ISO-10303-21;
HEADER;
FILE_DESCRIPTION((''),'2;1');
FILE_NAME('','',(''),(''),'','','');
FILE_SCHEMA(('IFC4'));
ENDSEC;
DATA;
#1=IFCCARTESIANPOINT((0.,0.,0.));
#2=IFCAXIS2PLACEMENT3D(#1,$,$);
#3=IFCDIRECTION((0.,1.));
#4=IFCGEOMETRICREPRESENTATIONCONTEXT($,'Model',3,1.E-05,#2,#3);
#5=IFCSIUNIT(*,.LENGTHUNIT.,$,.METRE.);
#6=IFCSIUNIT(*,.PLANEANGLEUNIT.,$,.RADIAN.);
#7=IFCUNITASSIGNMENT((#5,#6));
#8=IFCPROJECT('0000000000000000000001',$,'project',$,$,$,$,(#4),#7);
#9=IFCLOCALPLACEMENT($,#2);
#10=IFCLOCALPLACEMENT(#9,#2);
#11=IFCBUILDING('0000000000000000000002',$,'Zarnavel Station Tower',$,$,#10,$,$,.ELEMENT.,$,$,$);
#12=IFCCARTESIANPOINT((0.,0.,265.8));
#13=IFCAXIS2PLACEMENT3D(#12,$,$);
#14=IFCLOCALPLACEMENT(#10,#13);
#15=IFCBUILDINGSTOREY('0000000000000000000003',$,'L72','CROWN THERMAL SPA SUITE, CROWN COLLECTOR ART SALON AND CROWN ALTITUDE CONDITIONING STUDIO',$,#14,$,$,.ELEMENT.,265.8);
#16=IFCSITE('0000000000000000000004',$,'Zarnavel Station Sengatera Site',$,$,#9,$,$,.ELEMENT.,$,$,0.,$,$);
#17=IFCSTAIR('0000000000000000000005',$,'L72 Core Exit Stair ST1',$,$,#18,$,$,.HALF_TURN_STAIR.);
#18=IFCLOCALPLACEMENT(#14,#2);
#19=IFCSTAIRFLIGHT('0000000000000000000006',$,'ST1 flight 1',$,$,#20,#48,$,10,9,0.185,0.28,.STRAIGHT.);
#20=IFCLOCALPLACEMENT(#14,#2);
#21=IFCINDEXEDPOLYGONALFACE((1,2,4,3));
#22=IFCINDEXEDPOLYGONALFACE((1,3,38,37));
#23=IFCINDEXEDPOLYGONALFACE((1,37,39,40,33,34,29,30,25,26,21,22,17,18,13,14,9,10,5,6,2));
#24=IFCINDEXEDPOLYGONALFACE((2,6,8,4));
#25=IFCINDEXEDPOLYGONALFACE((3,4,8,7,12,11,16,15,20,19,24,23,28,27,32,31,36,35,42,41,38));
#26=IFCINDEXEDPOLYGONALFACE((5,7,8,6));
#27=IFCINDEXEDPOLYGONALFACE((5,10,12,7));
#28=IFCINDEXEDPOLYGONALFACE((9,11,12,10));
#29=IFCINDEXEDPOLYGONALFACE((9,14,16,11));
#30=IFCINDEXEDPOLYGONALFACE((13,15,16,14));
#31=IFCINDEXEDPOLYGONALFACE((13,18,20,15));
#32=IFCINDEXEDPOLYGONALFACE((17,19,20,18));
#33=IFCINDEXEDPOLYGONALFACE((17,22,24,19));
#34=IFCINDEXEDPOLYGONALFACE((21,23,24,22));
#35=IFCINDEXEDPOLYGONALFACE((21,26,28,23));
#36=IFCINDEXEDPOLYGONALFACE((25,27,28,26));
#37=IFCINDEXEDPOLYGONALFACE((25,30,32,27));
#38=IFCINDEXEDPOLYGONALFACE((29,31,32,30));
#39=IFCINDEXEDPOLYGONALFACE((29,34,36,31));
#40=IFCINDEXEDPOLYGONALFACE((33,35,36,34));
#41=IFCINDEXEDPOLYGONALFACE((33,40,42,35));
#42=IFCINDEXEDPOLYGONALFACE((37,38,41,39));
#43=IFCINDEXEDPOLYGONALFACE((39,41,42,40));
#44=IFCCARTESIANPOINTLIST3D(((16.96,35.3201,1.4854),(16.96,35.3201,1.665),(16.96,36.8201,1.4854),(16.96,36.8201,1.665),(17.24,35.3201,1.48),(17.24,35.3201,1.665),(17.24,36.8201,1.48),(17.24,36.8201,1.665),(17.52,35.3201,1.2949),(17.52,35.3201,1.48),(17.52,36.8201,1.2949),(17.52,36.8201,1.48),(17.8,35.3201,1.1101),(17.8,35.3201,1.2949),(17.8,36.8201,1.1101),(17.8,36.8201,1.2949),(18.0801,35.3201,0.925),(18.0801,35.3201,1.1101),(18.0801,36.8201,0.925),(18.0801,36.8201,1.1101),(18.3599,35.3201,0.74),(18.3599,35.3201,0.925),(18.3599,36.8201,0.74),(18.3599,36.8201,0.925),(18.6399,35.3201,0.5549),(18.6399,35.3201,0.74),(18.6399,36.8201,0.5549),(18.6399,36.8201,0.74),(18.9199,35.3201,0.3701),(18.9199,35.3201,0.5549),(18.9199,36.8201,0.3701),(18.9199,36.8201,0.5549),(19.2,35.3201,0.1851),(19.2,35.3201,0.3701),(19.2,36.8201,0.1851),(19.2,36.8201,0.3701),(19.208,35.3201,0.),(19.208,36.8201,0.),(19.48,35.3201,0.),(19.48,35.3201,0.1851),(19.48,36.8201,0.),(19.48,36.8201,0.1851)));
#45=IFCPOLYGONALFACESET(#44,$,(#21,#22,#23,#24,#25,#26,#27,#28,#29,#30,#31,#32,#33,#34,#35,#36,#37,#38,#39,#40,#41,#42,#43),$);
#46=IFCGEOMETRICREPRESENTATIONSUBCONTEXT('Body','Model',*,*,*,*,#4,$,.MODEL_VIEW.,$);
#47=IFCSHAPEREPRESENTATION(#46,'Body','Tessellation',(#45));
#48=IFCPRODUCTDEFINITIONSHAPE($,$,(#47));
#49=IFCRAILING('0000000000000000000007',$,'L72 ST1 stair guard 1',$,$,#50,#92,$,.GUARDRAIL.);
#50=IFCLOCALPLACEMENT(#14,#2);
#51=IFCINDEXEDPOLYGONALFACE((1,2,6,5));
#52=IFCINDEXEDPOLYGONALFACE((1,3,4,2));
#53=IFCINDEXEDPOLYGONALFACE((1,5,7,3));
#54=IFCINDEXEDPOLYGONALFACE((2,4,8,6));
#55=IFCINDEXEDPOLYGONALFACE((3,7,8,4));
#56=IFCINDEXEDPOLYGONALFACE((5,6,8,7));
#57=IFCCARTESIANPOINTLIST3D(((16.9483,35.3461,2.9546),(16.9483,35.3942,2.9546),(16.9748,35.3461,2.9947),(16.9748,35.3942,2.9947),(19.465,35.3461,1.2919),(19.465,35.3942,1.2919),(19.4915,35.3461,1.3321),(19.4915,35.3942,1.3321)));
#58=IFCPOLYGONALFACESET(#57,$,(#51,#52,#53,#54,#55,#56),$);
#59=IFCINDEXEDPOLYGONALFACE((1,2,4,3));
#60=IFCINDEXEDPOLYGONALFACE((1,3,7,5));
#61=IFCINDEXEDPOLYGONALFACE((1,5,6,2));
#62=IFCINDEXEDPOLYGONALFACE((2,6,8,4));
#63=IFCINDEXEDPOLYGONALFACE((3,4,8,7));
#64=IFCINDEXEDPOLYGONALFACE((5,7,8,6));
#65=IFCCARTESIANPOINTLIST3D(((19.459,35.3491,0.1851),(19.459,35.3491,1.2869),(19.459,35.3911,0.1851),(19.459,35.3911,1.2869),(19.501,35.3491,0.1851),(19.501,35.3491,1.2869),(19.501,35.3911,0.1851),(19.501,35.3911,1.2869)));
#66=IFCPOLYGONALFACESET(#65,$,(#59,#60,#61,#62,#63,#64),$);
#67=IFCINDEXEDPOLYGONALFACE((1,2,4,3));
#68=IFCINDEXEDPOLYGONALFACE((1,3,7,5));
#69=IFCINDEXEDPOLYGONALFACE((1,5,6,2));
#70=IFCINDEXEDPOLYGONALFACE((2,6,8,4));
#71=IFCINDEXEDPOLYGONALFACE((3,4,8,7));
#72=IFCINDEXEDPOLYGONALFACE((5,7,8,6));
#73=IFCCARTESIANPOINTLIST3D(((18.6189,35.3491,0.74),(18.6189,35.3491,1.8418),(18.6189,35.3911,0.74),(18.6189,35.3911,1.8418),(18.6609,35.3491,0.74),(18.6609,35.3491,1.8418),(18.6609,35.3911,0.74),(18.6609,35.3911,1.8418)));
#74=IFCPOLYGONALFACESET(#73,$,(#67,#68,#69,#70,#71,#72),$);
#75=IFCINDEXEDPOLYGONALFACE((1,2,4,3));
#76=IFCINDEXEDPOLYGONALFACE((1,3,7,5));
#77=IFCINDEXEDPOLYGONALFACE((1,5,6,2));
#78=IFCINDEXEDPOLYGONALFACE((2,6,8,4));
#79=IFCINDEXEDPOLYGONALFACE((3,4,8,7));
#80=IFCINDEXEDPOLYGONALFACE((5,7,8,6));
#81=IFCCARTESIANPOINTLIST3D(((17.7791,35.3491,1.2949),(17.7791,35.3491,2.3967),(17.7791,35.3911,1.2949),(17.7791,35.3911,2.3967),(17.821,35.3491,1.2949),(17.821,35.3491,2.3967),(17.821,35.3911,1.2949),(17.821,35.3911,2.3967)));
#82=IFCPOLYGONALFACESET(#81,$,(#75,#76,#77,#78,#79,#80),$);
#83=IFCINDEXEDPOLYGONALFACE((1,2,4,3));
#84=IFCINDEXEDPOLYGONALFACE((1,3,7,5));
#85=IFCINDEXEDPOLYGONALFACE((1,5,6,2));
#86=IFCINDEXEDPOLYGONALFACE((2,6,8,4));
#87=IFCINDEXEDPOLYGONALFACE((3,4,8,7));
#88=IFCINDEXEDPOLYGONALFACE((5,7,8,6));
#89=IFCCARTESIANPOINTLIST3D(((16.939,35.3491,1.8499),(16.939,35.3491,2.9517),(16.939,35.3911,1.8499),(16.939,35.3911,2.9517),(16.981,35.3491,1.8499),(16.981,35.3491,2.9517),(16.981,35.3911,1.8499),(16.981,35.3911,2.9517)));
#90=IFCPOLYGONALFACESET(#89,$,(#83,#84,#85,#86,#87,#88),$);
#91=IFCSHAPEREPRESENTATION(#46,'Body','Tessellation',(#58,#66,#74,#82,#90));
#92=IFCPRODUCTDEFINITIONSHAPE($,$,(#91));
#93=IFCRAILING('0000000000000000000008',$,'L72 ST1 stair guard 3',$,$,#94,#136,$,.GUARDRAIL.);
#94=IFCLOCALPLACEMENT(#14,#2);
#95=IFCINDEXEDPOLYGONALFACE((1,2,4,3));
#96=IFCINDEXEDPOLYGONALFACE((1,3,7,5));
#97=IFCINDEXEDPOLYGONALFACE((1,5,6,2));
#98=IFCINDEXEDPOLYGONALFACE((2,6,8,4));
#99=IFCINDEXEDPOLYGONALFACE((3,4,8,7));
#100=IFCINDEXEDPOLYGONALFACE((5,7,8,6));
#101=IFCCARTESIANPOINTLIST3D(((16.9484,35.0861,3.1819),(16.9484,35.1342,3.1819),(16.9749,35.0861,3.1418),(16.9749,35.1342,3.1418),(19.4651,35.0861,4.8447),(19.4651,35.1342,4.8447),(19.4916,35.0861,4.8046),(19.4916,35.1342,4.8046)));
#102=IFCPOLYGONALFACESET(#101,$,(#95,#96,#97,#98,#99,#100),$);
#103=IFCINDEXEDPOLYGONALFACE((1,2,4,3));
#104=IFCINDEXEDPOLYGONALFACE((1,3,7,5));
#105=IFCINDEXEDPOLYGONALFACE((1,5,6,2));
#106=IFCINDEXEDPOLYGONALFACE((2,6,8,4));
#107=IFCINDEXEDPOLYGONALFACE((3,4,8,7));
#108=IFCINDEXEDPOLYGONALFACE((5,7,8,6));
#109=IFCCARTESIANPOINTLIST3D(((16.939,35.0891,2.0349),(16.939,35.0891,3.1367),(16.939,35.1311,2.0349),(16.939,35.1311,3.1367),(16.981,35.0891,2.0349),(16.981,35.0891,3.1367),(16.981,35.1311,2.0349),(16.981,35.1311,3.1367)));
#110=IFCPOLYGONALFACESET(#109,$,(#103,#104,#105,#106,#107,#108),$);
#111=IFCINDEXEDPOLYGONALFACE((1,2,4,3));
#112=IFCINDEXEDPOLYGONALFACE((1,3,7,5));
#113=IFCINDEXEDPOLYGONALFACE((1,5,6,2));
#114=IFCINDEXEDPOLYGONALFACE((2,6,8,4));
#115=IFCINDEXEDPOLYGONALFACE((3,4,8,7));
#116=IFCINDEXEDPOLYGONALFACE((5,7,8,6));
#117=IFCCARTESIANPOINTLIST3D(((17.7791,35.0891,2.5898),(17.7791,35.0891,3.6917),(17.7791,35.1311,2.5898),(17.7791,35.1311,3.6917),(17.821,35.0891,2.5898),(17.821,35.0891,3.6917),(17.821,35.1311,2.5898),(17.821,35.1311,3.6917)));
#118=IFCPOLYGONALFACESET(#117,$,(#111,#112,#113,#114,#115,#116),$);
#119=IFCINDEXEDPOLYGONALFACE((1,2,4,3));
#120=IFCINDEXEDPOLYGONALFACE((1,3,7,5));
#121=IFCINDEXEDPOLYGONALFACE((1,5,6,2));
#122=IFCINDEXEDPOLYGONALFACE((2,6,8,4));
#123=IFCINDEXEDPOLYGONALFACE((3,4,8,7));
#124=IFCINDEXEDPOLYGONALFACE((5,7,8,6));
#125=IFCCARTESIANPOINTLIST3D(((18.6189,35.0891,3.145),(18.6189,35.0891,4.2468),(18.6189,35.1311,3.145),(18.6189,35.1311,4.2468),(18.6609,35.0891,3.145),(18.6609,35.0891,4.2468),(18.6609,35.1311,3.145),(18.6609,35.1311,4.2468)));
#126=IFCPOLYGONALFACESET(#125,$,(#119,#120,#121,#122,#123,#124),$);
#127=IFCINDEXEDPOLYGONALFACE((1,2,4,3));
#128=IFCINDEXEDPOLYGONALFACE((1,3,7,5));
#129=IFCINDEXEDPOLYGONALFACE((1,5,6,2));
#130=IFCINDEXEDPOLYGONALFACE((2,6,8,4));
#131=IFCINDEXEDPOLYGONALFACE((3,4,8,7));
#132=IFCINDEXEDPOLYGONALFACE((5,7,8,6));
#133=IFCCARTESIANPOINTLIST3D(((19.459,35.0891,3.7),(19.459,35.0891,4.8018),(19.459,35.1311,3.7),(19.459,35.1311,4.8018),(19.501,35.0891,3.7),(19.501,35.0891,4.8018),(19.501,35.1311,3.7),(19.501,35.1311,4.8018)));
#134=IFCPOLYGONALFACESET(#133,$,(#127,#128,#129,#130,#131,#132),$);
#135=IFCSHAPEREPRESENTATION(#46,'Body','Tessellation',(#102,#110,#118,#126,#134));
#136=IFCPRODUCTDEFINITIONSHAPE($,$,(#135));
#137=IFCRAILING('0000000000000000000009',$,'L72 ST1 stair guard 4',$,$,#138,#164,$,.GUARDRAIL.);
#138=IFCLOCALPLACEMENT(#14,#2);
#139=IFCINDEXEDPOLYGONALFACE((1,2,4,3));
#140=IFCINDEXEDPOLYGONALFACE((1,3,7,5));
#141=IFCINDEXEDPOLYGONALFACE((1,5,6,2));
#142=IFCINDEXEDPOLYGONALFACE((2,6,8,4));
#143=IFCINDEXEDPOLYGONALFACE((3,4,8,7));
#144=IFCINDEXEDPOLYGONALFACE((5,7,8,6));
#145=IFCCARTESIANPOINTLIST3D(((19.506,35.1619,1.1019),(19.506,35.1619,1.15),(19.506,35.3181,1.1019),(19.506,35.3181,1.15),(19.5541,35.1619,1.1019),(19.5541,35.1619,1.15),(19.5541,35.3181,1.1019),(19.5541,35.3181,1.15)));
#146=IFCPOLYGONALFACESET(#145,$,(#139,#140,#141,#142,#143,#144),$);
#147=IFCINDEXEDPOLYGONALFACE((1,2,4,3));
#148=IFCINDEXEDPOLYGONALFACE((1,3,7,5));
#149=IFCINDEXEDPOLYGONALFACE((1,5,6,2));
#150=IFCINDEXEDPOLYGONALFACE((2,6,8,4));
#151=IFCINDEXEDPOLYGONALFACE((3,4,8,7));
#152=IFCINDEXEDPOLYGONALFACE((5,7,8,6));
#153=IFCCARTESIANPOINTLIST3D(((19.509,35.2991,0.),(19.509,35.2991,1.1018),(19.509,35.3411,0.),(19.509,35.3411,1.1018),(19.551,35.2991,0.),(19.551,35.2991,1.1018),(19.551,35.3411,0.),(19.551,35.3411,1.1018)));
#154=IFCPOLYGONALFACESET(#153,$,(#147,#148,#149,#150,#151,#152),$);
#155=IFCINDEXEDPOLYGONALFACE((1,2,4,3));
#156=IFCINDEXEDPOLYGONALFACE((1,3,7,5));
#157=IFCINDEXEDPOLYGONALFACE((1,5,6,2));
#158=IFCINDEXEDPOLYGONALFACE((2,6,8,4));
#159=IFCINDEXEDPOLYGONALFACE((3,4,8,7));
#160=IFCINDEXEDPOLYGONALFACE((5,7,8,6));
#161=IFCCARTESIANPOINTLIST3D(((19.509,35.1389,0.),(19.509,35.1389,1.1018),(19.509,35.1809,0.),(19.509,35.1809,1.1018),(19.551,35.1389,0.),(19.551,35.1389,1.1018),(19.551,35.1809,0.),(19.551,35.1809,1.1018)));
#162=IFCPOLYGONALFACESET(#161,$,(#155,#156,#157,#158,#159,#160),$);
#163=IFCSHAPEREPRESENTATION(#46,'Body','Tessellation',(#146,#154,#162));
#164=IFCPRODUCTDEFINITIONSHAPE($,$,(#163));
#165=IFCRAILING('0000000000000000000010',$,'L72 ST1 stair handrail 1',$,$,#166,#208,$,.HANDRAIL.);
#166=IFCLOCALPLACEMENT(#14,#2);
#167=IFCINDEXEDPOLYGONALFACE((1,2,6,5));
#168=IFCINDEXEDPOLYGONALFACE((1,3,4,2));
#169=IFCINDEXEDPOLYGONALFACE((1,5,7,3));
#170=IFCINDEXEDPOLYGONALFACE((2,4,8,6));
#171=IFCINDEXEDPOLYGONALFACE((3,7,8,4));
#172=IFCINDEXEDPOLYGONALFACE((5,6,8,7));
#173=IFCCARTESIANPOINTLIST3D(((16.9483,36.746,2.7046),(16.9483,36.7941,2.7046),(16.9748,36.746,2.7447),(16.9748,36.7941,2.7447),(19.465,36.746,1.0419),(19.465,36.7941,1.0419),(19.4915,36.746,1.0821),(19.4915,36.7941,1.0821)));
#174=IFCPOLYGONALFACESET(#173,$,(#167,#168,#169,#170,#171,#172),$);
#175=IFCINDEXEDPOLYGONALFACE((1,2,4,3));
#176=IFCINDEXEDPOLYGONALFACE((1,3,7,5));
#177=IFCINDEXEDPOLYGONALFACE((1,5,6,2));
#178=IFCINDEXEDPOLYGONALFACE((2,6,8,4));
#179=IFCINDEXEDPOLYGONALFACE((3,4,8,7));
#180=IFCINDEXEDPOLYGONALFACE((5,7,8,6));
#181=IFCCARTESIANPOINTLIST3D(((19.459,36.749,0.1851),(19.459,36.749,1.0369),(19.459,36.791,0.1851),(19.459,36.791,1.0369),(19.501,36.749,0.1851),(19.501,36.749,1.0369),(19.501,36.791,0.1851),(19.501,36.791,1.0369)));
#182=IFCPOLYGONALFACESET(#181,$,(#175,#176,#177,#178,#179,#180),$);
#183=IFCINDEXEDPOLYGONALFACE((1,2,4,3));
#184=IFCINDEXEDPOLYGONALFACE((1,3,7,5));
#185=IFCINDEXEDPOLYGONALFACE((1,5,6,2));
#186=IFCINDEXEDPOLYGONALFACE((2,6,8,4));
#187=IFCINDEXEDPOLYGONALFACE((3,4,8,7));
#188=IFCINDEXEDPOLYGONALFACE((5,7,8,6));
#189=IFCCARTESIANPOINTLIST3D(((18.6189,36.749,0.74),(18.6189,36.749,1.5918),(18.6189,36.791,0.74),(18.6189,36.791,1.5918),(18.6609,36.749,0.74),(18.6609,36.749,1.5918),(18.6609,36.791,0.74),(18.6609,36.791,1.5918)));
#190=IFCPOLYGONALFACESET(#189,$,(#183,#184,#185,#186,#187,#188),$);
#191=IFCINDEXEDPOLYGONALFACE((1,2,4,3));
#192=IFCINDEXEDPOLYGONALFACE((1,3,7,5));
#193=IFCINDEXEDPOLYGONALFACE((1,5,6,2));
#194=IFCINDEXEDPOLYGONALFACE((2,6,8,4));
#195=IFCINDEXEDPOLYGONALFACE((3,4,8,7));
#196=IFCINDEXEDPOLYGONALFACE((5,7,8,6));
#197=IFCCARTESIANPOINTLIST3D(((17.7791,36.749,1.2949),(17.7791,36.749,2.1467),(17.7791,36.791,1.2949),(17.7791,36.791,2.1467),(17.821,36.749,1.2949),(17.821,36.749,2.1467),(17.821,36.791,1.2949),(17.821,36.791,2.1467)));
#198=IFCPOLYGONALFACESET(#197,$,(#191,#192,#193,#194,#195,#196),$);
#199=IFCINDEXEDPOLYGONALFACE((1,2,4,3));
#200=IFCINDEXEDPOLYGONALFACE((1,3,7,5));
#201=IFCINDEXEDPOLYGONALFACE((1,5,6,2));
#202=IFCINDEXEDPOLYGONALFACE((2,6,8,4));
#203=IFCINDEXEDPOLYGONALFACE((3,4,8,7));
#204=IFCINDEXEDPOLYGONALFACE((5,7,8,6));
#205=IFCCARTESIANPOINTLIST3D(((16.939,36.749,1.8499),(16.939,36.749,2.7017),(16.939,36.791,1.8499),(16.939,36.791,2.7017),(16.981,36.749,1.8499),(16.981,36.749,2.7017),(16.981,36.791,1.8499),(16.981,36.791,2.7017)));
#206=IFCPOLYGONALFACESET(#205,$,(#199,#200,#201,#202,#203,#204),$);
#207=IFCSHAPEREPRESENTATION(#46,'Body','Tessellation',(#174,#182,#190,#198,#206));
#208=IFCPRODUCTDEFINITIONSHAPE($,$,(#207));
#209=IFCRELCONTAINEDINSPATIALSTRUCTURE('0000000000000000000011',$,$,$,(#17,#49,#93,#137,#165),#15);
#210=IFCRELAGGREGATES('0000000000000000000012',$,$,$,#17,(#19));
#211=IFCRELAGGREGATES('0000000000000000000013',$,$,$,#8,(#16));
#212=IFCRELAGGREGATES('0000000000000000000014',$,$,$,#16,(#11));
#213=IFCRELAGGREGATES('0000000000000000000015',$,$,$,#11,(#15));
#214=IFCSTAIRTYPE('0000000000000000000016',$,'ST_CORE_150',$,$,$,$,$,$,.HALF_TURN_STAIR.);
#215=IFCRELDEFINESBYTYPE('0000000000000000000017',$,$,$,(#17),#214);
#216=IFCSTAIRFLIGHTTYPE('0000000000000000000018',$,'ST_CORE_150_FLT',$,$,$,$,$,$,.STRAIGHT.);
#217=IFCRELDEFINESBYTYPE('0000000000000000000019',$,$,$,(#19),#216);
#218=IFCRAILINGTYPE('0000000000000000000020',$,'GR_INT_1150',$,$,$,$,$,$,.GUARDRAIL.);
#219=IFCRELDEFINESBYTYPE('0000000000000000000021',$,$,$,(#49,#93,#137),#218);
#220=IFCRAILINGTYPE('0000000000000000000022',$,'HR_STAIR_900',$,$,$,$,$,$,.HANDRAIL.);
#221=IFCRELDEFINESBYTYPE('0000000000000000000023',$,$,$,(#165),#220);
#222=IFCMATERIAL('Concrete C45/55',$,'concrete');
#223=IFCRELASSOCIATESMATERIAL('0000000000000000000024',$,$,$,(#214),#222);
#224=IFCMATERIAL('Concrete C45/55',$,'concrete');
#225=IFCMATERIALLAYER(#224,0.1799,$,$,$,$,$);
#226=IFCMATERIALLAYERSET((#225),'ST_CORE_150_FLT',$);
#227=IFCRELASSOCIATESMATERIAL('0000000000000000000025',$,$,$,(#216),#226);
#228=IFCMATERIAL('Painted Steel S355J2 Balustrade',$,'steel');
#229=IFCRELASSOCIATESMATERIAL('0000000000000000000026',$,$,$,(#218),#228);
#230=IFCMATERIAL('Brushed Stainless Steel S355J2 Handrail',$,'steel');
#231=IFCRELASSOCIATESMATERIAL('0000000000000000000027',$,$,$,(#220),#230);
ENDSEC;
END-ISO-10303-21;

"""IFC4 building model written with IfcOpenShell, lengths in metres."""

from ifc_helpers import new_model, si_unit, direction, frame, origin, origin_2d, place, context, subcontext, project, spatial, polyline, rectangle, outline, extrude, material, layer, layer_set, type_object, element, aggregate, save


model = new_model("IFC4")

# Units and contexts
model_context = context("Model", 3, precision=1e-05, world=origin(), true_north=direction((0.0, 1.0)))
body_context = subcontext(model_context, "Body", "Model", "MODEL_VIEW")
ifc_project = project(units=[si_unit("LENGTHUNIT", "METRE"), si_unit("PLANEANGLEUNIT", "RADIAN")], contexts=[model_context])

# Site, building, storey
site_placement = place(None, origin())
site = spatial("IfcSite", under=ifc_project, at=site_placement, Name="Zarnavel Station Sengatera Site", CompositionType="ELEMENT", RefElevation=0.0)
building_placement = place(site_placement, origin())
building = spatial("IfcBuilding", under=site, at=building_placement, Name="Zarnavel Station Tower", CompositionType="ELEMENT")
storey_placement = place(building_placement, frame((0.0, 0.0, 265.8)))
storey = spatial("IfcBuildingStorey", under=building, at=storey_placement, Name="L72", Description="CROWN THERMAL SPA SUITE, CROWN COLLECTOR ART SALON AND CROWN ALTITUDE CONDITIONING STUDIO", CompositionType="ELEMENT", Elevation=265.8)

# Stair, stair flight
ifc_material_1 = material(Name="Concrete C45/55", Category="concrete")
stair_type = type_object("IfcStairType", Name="ST_CORE_150", PredefinedType="HALF_TURN_STAIR", material=ifc_material_1)
stair_placement = place(storey_placement, origin())
stair = element("IfcStair", 1, at=stair_placement, inside=storey, type_object=stair_type, Name="L72 Core Exit Stair ST1", PredefinedType="HALF_TURN_STAIR")
ifc_material_2 = material(Name="Concrete C45/55", Category="concrete")
ifc_layer_1 = layer(ifc_material_2, 0.1799)
ifc_layer_set_1 = layer_set([ifc_layer_1], Name="ST_CORE_150_FLT")
stair_flight_type = type_object("IfcStairFlightType", Name="ST_CORE_150_FLT", PredefinedType="STRAIGHT", material=ifc_layer_set_1)
stair_flight_placement = place(storey_placement, frame((19.48, 36.0701, 0.0), z_axis=(0.0, 0.0, 1.0), x_axis=(-1.0, 0.0, 0.0)))
stair_flight = element("IfcStairFlight", 2, at=stair_flight_placement, type_object=stair_flight_type, Name="ST1 flight 1", NumberOfRisers=10, NumberOfTreads=9, PredefinedType="STRAIGHT", RiserHeight=0.185, TreadLength=0.28, context=body_context, shape_type="SweptSolid", body=[
    extrude(outline(polyline([(0.0, 0.0), (0.0, 0.1851), (0.28, 0.1851), (0.28, 0.3701), (0.5601, 0.3701), (0.5601, 0.5549), (0.8401, 0.5549), (0.8401, 0.74), (1.1201, 0.74), (1.1201, 0.925), (1.3999, 0.925), (1.3999, 1.1101), (1.6799, 1.1101), (1.6799, 1.2949), (1.96, 1.2949), (1.96, 1.48), (2.24, 1.48), (2.24, 1.665), (2.52, 1.665), (2.52, 1.8501), (2.52, 1.4854), (0.272, 0.0), (0.0, 0.0)])), frame((0.0, 0.75, 0.0), z_axis=(0.0, -1.0, 0.0), x_axis=(1.0, 0.0, 0.0)), (0.0, 0.0, 1.0), 1.5),
])
aggregate(stair, [stair_flight])

# Railings
ifc_material_3 = material(Name="Painted Steel S355J2 Balustrade", Category="steel")
railing_type_1 = type_object("IfcRailingType", Name="GR_INT_1150", PredefinedType="GUARDRAIL", material=ifc_material_3)
railing_1_placement = place(storey_placement, frame((19.48, 35.3701, 0.1851)))
element("IfcRailing", 3, at=railing_1_placement, inside=storey, type_object=railing_type_1, Name="L72 ST1 stair guard 1", PredefinedType="GUARDRAIL", context=body_context, shape_type="SweptSolid", body=[
    extrude(rectangle(XDim=0.0481, YDim=0.0481, at=origin_2d()), frame((-0.0017, 0.0, 1.127), z_axis=(-0.834369, 0.0, 0.551207), x_axis=(0.0, -1.0, 0.0)), (0.0, 0.0, 1.0), 3.0164),
    extrude(rectangle(XDim=0.042, YDim=0.042, at=origin_2d()), origin(), (0.0, 0.0, 1.0), 1.1018),
    extrude(rectangle(XDim=0.042, YDim=0.042, at=origin_2d()), frame((-0.8401, 0.0, 0.5549)), (0.0, 0.0, 1.0), 1.1018),
    extrude(rectangle(XDim=0.042, YDim=0.042, at=origin_2d()), frame((-1.6799, 0.0, 1.1099)), (0.0, 0.0, 1.0), 1.1018),
    extrude(rectangle(XDim=0.042, YDim=0.042, at=origin_2d()), frame((-2.52, 0.0, 1.6648)), (0.0, 0.0, 1.0), 1.1018),
])
railing_2_placement = place(storey_placement, frame((16.96, 35.1101, 2.0349)))
element("IfcRailing", 4, at=railing_2_placement, inside=storey, type_object=railing_type_1, Name="L72 ST1 stair guard 3", PredefinedType="GUARDRAIL", context=body_context, shape_type="SweptSolid", body=[
    extrude(rectangle(XDim=0.0481, YDim=0.0481, at=origin_2d()), frame((0.0017, 0.0, 1.127), z_axis=(0.834331, 0.0, 0.551263), x_axis=(0.0, 1.0, 0.0)), (0.0, 0.0, 1.0), 3.0164),
    extrude(rectangle(XDim=0.042, YDim=0.042, at=origin_2d()), origin(), (0.0, 0.0, 1.0), 1.1018),
    extrude(rectangle(XDim=0.042, YDim=0.042, at=origin_2d()), frame((0.8401, 0.0, 0.5549)), (0.0, 0.0, 1.0), 1.1018),
    extrude(rectangle(XDim=0.042, YDim=0.042, at=origin_2d()), frame((1.6799, 0.0, 1.1101)), (0.0, 0.0, 1.0), 1.1018),
    extrude(rectangle(XDim=0.042, YDim=0.042, at=origin_2d()), frame((2.52, 0.0, 1.665)), (0.0, 0.0, 1.0), 1.1018),
])
railing_3_placement = place(storey_placement, frame((19.53, 35.3201, 0.0)))
element("IfcRailing", 5, at=railing_3_placement, inside=storey, type_object=railing_type_1, Name="L72 ST1 stair guard 4", PredefinedType="GUARDRAIL", context=body_context, shape_type="SweptSolid", body=[
    extrude(rectangle(XDim=0.0481, YDim=0.0481, at=origin_2d()), frame((0.0, -0.002, 1.126), z_axis=(0.0, -1.0, 0.0), x_axis=(1.0, 0.0, 0.0)), (0.0, 0.0, 1.0), 0.1562),
    extrude(rectangle(XDim=0.042, YDim=0.042, at=origin_2d()), origin(), (0.0, 0.0, 1.0), 1.1018),
    extrude(rectangle(XDim=0.042, YDim=0.042, at=origin_2d()), frame((0.0, -0.1602, 0.0)), (0.0, 0.0, 1.0), 1.1018),
])
ifc_material_4 = material(Name="Brushed Stainless Steel S355J2 Handrail", Category="steel")
railing_type_2 = type_object("IfcRailingType", Name="HR_STAIR_900", PredefinedType="HANDRAIL", material=ifc_material_4)
railing_4_placement = place(storey_placement, frame((19.48, 36.77, 0.1851)))
element("IfcRailing", 6, at=railing_4_placement, inside=storey, type_object=railing_type_2, Name="L72 ST1 stair handrail 1", PredefinedType="HANDRAIL", context=body_context, shape_type="SweptSolid", body=[
    extrude(rectangle(XDim=0.0481, YDim=0.0481, at=origin_2d()), frame((-0.0017, 0.0, 0.877), z_axis=(-0.834369, 0.0, 0.551207), x_axis=(0.0, -1.0, 0.0)), (0.0, 0.0, 1.0), 3.0164),
    extrude(rectangle(XDim=0.042, YDim=0.042, at=origin_2d()), origin(), (0.0, 0.0, 1.0), 0.8518),
    extrude(rectangle(XDim=0.042, YDim=0.042, at=origin_2d()), frame((-0.8401, 0.0, 0.5549)), (0.0, 0.0, 1.0), 0.8518),
    extrude(rectangle(XDim=0.042, YDim=0.042, at=origin_2d()), frame((-1.6799, 0.0, 1.1099)), (0.0, 0.0, 1.0), 0.8518),
    extrude(rectangle(XDim=0.042, YDim=0.042, at=origin_2d()), frame((-2.52, 0.0, 1.6648)), (0.0, 0.0, 1.0), 0.8518),
])

save(model, "model.ifc")
